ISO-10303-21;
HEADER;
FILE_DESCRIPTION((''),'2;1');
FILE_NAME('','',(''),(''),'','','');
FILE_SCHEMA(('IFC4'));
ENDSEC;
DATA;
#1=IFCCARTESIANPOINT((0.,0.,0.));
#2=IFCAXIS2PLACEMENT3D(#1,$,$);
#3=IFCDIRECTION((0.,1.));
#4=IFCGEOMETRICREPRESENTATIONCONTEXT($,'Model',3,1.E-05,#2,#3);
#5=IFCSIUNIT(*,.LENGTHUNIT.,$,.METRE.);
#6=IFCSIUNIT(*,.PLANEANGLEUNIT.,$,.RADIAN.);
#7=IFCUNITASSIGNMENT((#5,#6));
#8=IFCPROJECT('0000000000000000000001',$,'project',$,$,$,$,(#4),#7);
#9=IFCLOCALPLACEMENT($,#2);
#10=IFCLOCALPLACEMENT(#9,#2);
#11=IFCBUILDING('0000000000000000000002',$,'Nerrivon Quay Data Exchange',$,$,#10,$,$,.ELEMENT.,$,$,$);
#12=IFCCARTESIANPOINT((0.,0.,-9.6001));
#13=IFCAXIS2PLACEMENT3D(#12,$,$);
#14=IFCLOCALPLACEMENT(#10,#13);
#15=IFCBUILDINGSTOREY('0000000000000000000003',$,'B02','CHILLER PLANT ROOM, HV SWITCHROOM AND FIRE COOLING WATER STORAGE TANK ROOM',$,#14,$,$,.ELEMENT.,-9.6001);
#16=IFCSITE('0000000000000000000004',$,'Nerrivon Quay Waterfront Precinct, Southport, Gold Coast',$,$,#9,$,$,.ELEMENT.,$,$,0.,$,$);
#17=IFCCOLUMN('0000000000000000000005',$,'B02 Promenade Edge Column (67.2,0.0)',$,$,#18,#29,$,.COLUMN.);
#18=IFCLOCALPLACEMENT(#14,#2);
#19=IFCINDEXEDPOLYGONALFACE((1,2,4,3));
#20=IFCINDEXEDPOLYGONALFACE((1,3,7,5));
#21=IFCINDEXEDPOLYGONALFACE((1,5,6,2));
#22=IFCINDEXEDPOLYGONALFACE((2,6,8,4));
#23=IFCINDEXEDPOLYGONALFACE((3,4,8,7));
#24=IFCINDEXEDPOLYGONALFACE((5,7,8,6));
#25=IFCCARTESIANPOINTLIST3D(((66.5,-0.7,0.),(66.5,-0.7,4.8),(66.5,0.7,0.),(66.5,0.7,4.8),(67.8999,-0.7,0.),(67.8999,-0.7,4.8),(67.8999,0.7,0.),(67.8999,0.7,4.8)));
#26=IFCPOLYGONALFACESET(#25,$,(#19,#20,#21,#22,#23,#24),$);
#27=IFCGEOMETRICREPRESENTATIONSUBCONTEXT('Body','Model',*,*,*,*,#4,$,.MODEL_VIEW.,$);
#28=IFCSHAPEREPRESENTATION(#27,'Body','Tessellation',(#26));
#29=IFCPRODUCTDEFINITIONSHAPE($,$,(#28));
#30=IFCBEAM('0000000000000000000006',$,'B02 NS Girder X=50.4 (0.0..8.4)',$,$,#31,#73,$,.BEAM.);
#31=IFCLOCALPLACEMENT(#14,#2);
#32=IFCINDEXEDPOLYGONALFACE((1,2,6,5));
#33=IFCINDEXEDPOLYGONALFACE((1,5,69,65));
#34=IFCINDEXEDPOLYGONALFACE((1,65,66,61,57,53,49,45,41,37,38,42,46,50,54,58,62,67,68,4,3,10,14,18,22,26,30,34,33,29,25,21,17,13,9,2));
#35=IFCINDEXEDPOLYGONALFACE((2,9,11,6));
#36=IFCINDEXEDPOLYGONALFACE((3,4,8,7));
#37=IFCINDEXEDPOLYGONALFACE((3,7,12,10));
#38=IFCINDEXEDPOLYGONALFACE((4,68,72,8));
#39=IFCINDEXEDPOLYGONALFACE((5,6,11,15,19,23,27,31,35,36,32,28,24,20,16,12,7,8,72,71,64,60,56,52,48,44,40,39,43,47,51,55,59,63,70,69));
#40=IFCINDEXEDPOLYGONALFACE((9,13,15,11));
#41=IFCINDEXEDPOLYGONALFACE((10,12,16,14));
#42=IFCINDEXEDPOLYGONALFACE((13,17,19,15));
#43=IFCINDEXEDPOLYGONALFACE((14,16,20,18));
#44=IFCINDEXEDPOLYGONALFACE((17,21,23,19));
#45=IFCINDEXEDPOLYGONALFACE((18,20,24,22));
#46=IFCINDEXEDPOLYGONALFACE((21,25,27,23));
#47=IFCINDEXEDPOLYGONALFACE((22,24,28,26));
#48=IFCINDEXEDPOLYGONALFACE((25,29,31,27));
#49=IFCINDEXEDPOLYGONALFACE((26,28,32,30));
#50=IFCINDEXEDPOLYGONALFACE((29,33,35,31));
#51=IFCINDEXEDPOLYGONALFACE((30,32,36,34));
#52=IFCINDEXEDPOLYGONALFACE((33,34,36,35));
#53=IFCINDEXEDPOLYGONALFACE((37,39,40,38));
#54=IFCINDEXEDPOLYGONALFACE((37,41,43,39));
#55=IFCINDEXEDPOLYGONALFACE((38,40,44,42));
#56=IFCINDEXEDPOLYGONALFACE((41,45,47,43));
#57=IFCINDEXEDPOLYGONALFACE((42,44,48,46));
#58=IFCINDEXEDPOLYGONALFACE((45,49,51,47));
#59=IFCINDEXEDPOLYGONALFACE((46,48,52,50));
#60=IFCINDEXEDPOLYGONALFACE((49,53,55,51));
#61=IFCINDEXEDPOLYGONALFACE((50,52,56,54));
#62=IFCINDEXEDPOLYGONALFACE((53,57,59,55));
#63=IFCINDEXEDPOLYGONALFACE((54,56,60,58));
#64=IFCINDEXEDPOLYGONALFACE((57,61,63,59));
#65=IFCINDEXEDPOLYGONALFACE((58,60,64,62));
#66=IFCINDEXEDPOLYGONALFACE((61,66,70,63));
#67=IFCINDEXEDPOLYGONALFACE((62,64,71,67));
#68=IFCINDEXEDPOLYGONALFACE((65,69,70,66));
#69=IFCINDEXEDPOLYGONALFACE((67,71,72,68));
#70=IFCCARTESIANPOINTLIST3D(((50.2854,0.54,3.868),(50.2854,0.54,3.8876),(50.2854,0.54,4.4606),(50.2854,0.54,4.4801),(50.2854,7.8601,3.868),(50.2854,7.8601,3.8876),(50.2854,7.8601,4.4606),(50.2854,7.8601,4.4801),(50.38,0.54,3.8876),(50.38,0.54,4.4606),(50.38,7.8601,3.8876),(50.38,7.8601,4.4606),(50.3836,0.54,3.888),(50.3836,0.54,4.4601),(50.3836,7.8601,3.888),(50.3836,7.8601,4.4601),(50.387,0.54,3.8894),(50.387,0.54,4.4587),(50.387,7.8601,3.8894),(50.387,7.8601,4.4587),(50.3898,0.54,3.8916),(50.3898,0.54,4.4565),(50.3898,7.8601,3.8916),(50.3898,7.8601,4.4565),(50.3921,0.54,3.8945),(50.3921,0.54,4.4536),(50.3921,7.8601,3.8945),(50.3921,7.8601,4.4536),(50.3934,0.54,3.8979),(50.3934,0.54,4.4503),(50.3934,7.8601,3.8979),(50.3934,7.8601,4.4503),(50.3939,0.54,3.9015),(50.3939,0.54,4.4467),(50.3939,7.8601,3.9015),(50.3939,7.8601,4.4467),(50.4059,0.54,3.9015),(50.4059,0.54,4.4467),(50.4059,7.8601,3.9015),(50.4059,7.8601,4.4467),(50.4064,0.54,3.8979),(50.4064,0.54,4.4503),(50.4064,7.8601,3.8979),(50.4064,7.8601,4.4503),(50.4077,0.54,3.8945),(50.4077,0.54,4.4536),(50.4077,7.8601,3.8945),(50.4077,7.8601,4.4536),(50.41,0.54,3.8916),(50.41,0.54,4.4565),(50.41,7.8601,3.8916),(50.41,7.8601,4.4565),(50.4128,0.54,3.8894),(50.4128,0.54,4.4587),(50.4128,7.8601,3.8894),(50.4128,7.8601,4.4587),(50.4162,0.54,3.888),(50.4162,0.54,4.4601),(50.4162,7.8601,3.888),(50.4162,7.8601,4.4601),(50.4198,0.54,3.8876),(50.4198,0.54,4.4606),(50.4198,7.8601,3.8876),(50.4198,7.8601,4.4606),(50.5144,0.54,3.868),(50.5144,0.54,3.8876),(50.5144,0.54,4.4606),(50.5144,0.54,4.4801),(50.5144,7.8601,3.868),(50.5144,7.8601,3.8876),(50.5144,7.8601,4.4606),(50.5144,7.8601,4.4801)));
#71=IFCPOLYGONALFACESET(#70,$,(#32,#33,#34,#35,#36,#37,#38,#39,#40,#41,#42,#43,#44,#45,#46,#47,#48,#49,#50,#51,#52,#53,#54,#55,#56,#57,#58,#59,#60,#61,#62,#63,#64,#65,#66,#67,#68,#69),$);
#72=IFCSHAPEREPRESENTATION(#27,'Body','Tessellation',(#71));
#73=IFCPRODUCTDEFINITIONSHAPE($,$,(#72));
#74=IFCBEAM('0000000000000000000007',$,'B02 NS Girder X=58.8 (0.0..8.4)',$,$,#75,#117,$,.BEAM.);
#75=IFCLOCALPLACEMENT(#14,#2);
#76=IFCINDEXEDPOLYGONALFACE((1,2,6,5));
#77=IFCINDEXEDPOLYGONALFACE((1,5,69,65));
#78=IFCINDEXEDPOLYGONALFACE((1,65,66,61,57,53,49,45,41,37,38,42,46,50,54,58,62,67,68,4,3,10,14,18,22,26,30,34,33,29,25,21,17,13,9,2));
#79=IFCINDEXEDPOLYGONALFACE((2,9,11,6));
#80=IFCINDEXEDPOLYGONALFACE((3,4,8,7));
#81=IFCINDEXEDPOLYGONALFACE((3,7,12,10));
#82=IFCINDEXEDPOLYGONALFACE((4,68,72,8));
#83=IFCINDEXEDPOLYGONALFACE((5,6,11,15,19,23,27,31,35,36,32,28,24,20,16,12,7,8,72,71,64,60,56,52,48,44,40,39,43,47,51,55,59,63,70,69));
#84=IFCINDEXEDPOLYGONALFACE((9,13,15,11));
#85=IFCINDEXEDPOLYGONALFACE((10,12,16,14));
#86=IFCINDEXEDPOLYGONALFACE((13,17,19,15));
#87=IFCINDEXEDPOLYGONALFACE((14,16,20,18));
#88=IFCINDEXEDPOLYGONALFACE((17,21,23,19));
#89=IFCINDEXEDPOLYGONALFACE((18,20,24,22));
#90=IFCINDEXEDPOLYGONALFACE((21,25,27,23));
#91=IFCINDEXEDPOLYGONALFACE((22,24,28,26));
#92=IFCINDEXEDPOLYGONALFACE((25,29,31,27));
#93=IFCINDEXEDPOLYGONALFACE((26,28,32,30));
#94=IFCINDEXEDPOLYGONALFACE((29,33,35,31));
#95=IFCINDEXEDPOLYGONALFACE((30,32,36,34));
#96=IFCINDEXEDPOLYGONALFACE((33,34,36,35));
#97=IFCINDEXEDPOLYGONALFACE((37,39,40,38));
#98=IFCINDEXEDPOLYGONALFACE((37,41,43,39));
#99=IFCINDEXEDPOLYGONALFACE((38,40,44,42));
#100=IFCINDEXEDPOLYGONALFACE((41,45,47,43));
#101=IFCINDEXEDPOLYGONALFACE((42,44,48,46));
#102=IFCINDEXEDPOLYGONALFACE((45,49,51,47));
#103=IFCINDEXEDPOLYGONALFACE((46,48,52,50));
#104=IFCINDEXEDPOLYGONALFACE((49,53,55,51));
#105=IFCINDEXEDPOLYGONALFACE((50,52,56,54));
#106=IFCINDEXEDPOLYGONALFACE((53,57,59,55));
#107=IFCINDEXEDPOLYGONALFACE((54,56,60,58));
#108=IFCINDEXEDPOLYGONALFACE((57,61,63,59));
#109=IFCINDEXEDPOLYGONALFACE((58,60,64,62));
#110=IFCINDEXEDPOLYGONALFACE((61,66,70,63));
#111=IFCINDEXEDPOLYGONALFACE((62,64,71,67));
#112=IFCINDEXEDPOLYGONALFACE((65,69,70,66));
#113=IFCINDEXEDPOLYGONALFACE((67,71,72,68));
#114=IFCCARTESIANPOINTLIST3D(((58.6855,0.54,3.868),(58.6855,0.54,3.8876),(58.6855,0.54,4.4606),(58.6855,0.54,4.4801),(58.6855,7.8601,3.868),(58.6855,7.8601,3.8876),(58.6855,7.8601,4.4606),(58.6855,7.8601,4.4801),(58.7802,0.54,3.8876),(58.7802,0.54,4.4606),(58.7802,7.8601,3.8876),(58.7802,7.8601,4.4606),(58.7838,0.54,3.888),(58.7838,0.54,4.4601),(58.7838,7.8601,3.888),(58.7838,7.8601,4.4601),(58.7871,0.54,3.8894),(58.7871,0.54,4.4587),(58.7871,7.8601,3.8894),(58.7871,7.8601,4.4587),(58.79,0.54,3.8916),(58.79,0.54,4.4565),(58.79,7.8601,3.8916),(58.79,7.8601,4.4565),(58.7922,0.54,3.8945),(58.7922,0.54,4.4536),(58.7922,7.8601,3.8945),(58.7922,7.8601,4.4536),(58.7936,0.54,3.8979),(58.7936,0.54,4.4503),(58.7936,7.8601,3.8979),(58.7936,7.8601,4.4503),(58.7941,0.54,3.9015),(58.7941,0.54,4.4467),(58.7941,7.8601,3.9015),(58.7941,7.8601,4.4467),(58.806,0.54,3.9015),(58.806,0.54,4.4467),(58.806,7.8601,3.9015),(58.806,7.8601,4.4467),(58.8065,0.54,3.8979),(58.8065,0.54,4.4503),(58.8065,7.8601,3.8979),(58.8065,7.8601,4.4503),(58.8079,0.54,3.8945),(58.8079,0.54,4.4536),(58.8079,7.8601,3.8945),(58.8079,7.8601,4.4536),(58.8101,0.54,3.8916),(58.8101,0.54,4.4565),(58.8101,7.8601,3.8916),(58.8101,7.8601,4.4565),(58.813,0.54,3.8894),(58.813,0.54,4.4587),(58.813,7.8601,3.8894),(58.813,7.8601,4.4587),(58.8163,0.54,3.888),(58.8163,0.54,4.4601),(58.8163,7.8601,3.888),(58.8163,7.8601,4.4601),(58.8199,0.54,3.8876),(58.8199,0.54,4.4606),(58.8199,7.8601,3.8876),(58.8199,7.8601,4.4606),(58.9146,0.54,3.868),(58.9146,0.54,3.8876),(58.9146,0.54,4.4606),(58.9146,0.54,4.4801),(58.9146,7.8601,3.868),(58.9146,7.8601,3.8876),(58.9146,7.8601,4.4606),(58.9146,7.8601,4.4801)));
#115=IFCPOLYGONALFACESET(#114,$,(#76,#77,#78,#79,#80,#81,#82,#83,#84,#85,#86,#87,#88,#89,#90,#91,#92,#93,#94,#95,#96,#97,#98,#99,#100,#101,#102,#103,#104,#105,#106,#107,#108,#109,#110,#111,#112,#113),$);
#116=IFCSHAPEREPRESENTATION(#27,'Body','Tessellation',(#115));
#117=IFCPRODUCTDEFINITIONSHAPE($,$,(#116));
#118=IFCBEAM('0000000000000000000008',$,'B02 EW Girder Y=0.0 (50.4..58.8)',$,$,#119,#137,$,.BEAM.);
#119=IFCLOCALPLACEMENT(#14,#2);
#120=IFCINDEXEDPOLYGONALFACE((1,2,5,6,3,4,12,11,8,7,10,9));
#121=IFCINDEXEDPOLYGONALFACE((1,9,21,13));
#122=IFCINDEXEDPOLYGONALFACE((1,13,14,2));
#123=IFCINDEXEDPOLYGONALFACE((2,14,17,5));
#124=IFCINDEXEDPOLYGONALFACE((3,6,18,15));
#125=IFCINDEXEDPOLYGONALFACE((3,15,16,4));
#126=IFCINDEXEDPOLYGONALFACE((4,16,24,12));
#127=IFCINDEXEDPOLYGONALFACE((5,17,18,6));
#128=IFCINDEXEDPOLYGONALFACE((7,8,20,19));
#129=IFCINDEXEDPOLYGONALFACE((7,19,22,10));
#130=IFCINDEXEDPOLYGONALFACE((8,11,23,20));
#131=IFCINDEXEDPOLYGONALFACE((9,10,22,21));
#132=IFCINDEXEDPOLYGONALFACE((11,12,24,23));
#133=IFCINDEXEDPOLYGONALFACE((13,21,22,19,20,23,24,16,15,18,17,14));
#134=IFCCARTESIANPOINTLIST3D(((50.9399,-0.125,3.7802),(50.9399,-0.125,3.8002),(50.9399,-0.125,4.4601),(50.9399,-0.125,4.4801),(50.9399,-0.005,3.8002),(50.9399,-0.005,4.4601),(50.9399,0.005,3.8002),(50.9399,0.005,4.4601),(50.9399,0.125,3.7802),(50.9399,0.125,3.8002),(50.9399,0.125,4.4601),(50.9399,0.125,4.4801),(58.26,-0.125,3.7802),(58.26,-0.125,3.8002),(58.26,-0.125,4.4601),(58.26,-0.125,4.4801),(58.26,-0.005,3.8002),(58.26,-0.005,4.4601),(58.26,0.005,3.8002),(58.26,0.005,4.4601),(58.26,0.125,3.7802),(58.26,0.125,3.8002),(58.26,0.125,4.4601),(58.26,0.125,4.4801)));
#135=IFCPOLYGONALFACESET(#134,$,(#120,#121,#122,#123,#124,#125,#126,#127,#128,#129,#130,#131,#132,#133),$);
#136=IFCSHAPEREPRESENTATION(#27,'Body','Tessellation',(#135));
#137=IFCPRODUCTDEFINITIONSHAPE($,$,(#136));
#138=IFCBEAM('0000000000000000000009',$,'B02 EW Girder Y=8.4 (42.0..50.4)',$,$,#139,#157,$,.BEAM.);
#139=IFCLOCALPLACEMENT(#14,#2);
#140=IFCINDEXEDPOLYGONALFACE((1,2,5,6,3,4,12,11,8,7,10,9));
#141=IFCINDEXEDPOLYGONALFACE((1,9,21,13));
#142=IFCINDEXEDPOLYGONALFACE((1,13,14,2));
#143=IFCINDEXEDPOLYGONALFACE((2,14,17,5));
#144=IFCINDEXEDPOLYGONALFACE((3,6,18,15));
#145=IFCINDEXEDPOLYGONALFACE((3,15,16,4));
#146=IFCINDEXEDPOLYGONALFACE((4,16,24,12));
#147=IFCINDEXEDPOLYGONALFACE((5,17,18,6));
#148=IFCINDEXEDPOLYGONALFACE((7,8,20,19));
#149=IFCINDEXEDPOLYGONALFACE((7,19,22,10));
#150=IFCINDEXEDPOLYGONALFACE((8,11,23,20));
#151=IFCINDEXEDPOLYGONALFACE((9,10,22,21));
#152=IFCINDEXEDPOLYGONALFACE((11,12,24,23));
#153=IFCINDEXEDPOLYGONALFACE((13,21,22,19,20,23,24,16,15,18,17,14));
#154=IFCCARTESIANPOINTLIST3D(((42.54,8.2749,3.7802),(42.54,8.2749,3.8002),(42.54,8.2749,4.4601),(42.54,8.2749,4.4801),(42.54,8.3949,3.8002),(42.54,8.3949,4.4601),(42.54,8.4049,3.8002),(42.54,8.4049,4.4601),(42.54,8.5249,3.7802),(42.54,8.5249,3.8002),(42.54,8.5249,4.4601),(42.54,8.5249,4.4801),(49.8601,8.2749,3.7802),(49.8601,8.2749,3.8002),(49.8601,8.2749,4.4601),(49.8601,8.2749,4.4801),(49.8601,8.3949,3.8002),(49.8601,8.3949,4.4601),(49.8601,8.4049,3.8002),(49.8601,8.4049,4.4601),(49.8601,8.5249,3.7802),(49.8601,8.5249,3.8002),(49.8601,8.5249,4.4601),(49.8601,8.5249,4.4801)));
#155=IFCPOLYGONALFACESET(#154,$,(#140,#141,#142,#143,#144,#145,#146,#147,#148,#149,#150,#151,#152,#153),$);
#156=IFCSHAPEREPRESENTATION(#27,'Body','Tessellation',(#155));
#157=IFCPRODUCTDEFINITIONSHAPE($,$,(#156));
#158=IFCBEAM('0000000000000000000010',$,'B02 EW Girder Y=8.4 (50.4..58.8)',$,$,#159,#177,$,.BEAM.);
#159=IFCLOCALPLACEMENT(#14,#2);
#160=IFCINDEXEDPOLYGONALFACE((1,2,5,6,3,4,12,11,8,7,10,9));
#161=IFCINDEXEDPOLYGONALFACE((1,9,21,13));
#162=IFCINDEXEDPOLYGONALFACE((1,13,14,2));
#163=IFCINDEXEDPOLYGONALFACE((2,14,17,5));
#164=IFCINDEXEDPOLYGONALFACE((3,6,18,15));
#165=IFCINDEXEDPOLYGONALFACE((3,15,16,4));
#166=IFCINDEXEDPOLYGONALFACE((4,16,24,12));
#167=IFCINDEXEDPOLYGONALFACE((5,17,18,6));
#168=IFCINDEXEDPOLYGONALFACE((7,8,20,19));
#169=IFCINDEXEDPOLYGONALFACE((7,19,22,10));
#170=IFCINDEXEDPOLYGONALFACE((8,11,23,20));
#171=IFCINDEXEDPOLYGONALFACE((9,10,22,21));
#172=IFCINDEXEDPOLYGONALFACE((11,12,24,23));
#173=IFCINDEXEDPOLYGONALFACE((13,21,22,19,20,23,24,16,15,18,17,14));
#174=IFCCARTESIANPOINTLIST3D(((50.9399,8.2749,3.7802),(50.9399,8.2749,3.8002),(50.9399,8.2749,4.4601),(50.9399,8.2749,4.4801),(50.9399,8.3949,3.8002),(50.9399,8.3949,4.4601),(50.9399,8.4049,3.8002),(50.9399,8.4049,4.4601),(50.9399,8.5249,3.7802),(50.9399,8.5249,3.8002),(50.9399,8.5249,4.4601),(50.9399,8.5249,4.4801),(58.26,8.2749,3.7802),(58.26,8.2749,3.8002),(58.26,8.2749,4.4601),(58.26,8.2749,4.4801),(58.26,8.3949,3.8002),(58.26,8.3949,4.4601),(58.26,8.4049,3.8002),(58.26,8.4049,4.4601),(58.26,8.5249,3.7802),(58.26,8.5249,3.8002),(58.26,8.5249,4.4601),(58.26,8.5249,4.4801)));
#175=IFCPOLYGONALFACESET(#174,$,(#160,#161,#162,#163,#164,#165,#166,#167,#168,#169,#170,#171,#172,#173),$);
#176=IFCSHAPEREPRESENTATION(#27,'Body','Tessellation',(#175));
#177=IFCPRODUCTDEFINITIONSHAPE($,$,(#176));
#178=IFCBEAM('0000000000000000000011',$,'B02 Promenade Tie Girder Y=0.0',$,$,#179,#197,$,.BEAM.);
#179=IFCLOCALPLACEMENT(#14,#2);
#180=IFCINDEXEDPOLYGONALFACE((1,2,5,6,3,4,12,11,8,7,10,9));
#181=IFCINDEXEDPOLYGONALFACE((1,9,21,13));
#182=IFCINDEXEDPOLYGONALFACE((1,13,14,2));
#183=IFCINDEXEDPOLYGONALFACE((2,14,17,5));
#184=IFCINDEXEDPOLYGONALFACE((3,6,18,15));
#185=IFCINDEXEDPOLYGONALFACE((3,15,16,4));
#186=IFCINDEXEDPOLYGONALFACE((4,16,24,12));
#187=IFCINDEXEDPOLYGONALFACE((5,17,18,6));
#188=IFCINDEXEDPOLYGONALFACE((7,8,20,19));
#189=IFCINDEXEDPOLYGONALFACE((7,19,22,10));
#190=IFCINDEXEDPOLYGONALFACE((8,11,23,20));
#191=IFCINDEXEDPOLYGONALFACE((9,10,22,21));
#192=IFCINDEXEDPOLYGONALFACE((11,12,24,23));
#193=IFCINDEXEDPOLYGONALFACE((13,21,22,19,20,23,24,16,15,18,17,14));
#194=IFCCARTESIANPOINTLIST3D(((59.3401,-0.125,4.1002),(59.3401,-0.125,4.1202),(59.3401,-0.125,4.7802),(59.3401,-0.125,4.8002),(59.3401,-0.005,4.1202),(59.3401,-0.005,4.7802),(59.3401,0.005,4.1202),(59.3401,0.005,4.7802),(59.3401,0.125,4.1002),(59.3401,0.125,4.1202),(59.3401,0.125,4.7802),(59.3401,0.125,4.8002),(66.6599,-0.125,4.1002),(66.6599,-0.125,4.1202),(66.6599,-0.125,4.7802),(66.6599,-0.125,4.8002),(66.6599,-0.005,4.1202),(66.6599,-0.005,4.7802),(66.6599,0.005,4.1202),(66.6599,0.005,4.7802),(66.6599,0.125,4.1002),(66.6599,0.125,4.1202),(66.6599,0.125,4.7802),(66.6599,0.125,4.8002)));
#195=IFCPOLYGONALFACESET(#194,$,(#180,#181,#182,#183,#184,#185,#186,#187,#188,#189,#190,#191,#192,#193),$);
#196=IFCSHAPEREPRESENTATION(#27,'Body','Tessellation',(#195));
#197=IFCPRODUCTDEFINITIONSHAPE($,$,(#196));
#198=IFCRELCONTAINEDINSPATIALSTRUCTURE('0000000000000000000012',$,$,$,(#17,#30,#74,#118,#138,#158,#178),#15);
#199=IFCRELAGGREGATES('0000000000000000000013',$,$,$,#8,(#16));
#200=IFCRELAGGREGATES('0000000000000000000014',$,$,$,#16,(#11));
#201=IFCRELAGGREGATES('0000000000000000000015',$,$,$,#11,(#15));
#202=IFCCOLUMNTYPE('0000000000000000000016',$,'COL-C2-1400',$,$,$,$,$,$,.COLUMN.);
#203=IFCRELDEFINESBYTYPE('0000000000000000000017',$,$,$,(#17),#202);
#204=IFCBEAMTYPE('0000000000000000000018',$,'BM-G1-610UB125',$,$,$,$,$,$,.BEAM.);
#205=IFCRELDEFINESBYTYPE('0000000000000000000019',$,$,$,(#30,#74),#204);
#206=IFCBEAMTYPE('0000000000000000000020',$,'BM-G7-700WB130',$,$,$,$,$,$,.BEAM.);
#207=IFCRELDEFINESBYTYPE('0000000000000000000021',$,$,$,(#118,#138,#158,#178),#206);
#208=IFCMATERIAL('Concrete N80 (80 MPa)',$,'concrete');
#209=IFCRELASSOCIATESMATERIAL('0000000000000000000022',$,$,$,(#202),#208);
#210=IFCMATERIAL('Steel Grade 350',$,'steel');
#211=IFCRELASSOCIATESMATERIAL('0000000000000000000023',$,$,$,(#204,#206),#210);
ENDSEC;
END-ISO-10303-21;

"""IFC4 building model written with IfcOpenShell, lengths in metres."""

from ifc_helpers import new_model, si_unit, direction, frame, origin, origin_2d, place, context, subcontext, project, spatial, rectangle, i_section, extrude, material, material_profile, profile_set, type_object, element, save


model = new_model("IFC4")

# Units and contexts
model_context = context("Model", 3, precision=1e-05, world=origin(), true_north=direction((0.0, 1.0)))
body_context = subcontext(model_context, "Body", "Model", "MODEL_VIEW")
ifc_project = project(units=[si_unit("LENGTHUNIT", "METRE"), si_unit("PLANEANGLEUNIT", "RADIAN")], contexts=[model_context])

# Site, building, storey
site_placement = place(None, origin())
site = spatial("IfcSite", under=ifc_project, at=site_placement, Name="Nerrivon Quay Waterfront Precinct, Southport, Gold Coast", CompositionType="ELEMENT", RefElevation=0.0)
building_placement = place(site_placement, origin())
building = spatial("IfcBuilding", under=site, at=building_placement, Name="Nerrivon Quay Data Exchange", CompositionType="ELEMENT")
storey_placement = place(building_placement, frame((0.0, 0.0, -9.6001)))
storey = spatial("IfcBuildingStorey", under=building, at=storey_placement, Name="B02", Description="CHILLER PLANT ROOM, HV SWITCHROOM AND FIRE COOLING WATER STORAGE TANK ROOM", CompositionType="ELEMENT", Elevation=-9.6001)

# Column
ifc_material_1 = material(Name="Concrete N80 (80 MPa)", Category="concrete")
ifc_material_profile_1 = material_profile(ifc_material_1, rectangle(XDim=1.3999, YDim=1.3999, at=origin_2d()), Name="RC-COL-1400x1400")
ifc_profile_set_1 = profile_set([ifc_material_profile_1], Name="Concrete N80 (80 MPa)")
column_type = type_object("IfcColumnType", Name="COL-C2-1400", PredefinedType="COLUMN", material=ifc_profile_set_1)
for number, where, z_axis, x_axis, name in (
    (1, (67.2, 0.0, 0.0), (0.0, 0.0, 1.0), (1.0, 0.0, 0.0), "B02 Promenade Edge Column (67.2,0.0)"),
):
    element("IfcColumn", number, at=place(storey_placement, frame(where, z_axis=z_axis, x_axis=x_axis)), inside=storey, type_object=column_type, Name=name, PredefinedType="COLUMN", context=body_context, shape_type="SweptSolid", body=[
        extrude(rectangle(XDim=1.3999, YDim=1.3999, at=origin_2d()), origin(), (0.0, 0.0, 1.0), 4.8),
    ])

# Beams
ifc_material_2 = material(Name="Steel Grade 350", Category="steel")
ifc_material_profile_2 = material_profile(ifc_material_2, i_section(OverallWidth=0.229, OverallDepth=0.6121, WebThickness=0.012, FlangeThickness=0.0195, FilletRadius=0.0139, at=origin_2d()), Name="610UB125")
ifc_profile_set_2 = profile_set([ifc_material_profile_2], Name="Steel Grade 350")
beam_type_1 = type_object("IfcBeamType", Name="BM-G1-610UB125", PredefinedType="BEAM", material=ifc_profile_set_2)
for number, where, z_axis, x_axis, name in (
    (2, (50.3999, 0.54, 4.1741), (0.0, 1.0, 0.0), (-1.0, 0.0, 0.0), "B02 NS Girder X=50.4 (0.0..8.4)"),
    (3, (58.8, 0.54, 4.1741), (0.0, 1.0, 0.0), (-1.0, 0.0, 0.0), "B02 NS Girder X=58.8 (0.0..8.4)"),
):
    element("IfcBeam", number, at=place(storey_placement, frame(where, z_axis=z_axis, x_axis=x_axis)), inside=storey, type_object=beam_type_1, Name=name, PredefinedType="BEAM", context=body_context, shape_type="SweptSolid", body=[
        extrude(i_section(OverallWidth=0.229, OverallDepth=0.6121, WebThickness=0.012, FlangeThickness=0.0195, FilletRadius=0.0139, at=origin_2d()), origin(), (0.0, 0.0, 1.0), 7.3201),
    ])
ifc_material_profile_3 = material_profile(ifc_material_2, i_section(OverallWidth=0.25, OverallDepth=0.7, WebThickness=0.01, FlangeThickness=0.02, at=origin_2d()), Name="700WB130")
ifc_profile_set_3 = profile_set([ifc_material_profile_3], Name="Steel Grade 350")
beam_type_2 = type_object("IfcBeamType", Name="BM-G7-700WB130", PredefinedType="BEAM", material=ifc_profile_set_3)
for number, where, z_axis, x_axis, name in (
    (4, (50.9399, 0.0, 4.1301), (1.0, 0.0, 0.0), (0.0, 1.0, 0.0), "B02 EW Girder Y=0.0 (50.4..58.8)"),
    (5, (42.54, 8.3999, 4.1301), (1.0, 0.0, 0.0), (0.0, 1.0, 0.0), "B02 EW Girder Y=8.4 (42.0..50.4)"),
    (6, (50.9399, 8.3999, 4.1301), (1.0, 0.0, 0.0), (0.0, 1.0, 0.0), "B02 EW Girder Y=8.4 (50.4..58.8)"),
):
    element("IfcBeam", number, at=place(storey_placement, frame(where, z_axis=z_axis, x_axis=x_axis)), inside=storey, type_object=beam_type_2, Name=name, PredefinedType="BEAM", context=body_context, shape_type="SweptSolid", body=[
        extrude(i_section(OverallWidth=0.25, OverallDepth=0.7, WebThickness=0.01, FlangeThickness=0.02, at=origin_2d()), origin(), (0.0, 0.0, 1.0), 7.3201),
    ])
for number, where, z_axis, x_axis, name in (
    (7, (59.3401, 0.0, 4.4502), (1.0, 0.0, 0.0), (0.0, 1.0, 0.0), "B02 Promenade Tie Girder Y=0.0"),
):
    element("IfcBeam", number, at=place(storey_placement, frame(where, z_axis=z_axis, x_axis=x_axis)), inside=storey, type_object=beam_type_2, Name=name, PredefinedType="BEAM", context=body_context, shape_type="SweptSolid", body=[
        extrude(i_section(OverallWidth=0.25, OverallDepth=0.7, WebThickness=0.01, FlangeThickness=0.02, at=origin_2d()), origin(), (0.0, 0.0, 1.0), 7.3198),
    ])

save(model, "model.ifc")
